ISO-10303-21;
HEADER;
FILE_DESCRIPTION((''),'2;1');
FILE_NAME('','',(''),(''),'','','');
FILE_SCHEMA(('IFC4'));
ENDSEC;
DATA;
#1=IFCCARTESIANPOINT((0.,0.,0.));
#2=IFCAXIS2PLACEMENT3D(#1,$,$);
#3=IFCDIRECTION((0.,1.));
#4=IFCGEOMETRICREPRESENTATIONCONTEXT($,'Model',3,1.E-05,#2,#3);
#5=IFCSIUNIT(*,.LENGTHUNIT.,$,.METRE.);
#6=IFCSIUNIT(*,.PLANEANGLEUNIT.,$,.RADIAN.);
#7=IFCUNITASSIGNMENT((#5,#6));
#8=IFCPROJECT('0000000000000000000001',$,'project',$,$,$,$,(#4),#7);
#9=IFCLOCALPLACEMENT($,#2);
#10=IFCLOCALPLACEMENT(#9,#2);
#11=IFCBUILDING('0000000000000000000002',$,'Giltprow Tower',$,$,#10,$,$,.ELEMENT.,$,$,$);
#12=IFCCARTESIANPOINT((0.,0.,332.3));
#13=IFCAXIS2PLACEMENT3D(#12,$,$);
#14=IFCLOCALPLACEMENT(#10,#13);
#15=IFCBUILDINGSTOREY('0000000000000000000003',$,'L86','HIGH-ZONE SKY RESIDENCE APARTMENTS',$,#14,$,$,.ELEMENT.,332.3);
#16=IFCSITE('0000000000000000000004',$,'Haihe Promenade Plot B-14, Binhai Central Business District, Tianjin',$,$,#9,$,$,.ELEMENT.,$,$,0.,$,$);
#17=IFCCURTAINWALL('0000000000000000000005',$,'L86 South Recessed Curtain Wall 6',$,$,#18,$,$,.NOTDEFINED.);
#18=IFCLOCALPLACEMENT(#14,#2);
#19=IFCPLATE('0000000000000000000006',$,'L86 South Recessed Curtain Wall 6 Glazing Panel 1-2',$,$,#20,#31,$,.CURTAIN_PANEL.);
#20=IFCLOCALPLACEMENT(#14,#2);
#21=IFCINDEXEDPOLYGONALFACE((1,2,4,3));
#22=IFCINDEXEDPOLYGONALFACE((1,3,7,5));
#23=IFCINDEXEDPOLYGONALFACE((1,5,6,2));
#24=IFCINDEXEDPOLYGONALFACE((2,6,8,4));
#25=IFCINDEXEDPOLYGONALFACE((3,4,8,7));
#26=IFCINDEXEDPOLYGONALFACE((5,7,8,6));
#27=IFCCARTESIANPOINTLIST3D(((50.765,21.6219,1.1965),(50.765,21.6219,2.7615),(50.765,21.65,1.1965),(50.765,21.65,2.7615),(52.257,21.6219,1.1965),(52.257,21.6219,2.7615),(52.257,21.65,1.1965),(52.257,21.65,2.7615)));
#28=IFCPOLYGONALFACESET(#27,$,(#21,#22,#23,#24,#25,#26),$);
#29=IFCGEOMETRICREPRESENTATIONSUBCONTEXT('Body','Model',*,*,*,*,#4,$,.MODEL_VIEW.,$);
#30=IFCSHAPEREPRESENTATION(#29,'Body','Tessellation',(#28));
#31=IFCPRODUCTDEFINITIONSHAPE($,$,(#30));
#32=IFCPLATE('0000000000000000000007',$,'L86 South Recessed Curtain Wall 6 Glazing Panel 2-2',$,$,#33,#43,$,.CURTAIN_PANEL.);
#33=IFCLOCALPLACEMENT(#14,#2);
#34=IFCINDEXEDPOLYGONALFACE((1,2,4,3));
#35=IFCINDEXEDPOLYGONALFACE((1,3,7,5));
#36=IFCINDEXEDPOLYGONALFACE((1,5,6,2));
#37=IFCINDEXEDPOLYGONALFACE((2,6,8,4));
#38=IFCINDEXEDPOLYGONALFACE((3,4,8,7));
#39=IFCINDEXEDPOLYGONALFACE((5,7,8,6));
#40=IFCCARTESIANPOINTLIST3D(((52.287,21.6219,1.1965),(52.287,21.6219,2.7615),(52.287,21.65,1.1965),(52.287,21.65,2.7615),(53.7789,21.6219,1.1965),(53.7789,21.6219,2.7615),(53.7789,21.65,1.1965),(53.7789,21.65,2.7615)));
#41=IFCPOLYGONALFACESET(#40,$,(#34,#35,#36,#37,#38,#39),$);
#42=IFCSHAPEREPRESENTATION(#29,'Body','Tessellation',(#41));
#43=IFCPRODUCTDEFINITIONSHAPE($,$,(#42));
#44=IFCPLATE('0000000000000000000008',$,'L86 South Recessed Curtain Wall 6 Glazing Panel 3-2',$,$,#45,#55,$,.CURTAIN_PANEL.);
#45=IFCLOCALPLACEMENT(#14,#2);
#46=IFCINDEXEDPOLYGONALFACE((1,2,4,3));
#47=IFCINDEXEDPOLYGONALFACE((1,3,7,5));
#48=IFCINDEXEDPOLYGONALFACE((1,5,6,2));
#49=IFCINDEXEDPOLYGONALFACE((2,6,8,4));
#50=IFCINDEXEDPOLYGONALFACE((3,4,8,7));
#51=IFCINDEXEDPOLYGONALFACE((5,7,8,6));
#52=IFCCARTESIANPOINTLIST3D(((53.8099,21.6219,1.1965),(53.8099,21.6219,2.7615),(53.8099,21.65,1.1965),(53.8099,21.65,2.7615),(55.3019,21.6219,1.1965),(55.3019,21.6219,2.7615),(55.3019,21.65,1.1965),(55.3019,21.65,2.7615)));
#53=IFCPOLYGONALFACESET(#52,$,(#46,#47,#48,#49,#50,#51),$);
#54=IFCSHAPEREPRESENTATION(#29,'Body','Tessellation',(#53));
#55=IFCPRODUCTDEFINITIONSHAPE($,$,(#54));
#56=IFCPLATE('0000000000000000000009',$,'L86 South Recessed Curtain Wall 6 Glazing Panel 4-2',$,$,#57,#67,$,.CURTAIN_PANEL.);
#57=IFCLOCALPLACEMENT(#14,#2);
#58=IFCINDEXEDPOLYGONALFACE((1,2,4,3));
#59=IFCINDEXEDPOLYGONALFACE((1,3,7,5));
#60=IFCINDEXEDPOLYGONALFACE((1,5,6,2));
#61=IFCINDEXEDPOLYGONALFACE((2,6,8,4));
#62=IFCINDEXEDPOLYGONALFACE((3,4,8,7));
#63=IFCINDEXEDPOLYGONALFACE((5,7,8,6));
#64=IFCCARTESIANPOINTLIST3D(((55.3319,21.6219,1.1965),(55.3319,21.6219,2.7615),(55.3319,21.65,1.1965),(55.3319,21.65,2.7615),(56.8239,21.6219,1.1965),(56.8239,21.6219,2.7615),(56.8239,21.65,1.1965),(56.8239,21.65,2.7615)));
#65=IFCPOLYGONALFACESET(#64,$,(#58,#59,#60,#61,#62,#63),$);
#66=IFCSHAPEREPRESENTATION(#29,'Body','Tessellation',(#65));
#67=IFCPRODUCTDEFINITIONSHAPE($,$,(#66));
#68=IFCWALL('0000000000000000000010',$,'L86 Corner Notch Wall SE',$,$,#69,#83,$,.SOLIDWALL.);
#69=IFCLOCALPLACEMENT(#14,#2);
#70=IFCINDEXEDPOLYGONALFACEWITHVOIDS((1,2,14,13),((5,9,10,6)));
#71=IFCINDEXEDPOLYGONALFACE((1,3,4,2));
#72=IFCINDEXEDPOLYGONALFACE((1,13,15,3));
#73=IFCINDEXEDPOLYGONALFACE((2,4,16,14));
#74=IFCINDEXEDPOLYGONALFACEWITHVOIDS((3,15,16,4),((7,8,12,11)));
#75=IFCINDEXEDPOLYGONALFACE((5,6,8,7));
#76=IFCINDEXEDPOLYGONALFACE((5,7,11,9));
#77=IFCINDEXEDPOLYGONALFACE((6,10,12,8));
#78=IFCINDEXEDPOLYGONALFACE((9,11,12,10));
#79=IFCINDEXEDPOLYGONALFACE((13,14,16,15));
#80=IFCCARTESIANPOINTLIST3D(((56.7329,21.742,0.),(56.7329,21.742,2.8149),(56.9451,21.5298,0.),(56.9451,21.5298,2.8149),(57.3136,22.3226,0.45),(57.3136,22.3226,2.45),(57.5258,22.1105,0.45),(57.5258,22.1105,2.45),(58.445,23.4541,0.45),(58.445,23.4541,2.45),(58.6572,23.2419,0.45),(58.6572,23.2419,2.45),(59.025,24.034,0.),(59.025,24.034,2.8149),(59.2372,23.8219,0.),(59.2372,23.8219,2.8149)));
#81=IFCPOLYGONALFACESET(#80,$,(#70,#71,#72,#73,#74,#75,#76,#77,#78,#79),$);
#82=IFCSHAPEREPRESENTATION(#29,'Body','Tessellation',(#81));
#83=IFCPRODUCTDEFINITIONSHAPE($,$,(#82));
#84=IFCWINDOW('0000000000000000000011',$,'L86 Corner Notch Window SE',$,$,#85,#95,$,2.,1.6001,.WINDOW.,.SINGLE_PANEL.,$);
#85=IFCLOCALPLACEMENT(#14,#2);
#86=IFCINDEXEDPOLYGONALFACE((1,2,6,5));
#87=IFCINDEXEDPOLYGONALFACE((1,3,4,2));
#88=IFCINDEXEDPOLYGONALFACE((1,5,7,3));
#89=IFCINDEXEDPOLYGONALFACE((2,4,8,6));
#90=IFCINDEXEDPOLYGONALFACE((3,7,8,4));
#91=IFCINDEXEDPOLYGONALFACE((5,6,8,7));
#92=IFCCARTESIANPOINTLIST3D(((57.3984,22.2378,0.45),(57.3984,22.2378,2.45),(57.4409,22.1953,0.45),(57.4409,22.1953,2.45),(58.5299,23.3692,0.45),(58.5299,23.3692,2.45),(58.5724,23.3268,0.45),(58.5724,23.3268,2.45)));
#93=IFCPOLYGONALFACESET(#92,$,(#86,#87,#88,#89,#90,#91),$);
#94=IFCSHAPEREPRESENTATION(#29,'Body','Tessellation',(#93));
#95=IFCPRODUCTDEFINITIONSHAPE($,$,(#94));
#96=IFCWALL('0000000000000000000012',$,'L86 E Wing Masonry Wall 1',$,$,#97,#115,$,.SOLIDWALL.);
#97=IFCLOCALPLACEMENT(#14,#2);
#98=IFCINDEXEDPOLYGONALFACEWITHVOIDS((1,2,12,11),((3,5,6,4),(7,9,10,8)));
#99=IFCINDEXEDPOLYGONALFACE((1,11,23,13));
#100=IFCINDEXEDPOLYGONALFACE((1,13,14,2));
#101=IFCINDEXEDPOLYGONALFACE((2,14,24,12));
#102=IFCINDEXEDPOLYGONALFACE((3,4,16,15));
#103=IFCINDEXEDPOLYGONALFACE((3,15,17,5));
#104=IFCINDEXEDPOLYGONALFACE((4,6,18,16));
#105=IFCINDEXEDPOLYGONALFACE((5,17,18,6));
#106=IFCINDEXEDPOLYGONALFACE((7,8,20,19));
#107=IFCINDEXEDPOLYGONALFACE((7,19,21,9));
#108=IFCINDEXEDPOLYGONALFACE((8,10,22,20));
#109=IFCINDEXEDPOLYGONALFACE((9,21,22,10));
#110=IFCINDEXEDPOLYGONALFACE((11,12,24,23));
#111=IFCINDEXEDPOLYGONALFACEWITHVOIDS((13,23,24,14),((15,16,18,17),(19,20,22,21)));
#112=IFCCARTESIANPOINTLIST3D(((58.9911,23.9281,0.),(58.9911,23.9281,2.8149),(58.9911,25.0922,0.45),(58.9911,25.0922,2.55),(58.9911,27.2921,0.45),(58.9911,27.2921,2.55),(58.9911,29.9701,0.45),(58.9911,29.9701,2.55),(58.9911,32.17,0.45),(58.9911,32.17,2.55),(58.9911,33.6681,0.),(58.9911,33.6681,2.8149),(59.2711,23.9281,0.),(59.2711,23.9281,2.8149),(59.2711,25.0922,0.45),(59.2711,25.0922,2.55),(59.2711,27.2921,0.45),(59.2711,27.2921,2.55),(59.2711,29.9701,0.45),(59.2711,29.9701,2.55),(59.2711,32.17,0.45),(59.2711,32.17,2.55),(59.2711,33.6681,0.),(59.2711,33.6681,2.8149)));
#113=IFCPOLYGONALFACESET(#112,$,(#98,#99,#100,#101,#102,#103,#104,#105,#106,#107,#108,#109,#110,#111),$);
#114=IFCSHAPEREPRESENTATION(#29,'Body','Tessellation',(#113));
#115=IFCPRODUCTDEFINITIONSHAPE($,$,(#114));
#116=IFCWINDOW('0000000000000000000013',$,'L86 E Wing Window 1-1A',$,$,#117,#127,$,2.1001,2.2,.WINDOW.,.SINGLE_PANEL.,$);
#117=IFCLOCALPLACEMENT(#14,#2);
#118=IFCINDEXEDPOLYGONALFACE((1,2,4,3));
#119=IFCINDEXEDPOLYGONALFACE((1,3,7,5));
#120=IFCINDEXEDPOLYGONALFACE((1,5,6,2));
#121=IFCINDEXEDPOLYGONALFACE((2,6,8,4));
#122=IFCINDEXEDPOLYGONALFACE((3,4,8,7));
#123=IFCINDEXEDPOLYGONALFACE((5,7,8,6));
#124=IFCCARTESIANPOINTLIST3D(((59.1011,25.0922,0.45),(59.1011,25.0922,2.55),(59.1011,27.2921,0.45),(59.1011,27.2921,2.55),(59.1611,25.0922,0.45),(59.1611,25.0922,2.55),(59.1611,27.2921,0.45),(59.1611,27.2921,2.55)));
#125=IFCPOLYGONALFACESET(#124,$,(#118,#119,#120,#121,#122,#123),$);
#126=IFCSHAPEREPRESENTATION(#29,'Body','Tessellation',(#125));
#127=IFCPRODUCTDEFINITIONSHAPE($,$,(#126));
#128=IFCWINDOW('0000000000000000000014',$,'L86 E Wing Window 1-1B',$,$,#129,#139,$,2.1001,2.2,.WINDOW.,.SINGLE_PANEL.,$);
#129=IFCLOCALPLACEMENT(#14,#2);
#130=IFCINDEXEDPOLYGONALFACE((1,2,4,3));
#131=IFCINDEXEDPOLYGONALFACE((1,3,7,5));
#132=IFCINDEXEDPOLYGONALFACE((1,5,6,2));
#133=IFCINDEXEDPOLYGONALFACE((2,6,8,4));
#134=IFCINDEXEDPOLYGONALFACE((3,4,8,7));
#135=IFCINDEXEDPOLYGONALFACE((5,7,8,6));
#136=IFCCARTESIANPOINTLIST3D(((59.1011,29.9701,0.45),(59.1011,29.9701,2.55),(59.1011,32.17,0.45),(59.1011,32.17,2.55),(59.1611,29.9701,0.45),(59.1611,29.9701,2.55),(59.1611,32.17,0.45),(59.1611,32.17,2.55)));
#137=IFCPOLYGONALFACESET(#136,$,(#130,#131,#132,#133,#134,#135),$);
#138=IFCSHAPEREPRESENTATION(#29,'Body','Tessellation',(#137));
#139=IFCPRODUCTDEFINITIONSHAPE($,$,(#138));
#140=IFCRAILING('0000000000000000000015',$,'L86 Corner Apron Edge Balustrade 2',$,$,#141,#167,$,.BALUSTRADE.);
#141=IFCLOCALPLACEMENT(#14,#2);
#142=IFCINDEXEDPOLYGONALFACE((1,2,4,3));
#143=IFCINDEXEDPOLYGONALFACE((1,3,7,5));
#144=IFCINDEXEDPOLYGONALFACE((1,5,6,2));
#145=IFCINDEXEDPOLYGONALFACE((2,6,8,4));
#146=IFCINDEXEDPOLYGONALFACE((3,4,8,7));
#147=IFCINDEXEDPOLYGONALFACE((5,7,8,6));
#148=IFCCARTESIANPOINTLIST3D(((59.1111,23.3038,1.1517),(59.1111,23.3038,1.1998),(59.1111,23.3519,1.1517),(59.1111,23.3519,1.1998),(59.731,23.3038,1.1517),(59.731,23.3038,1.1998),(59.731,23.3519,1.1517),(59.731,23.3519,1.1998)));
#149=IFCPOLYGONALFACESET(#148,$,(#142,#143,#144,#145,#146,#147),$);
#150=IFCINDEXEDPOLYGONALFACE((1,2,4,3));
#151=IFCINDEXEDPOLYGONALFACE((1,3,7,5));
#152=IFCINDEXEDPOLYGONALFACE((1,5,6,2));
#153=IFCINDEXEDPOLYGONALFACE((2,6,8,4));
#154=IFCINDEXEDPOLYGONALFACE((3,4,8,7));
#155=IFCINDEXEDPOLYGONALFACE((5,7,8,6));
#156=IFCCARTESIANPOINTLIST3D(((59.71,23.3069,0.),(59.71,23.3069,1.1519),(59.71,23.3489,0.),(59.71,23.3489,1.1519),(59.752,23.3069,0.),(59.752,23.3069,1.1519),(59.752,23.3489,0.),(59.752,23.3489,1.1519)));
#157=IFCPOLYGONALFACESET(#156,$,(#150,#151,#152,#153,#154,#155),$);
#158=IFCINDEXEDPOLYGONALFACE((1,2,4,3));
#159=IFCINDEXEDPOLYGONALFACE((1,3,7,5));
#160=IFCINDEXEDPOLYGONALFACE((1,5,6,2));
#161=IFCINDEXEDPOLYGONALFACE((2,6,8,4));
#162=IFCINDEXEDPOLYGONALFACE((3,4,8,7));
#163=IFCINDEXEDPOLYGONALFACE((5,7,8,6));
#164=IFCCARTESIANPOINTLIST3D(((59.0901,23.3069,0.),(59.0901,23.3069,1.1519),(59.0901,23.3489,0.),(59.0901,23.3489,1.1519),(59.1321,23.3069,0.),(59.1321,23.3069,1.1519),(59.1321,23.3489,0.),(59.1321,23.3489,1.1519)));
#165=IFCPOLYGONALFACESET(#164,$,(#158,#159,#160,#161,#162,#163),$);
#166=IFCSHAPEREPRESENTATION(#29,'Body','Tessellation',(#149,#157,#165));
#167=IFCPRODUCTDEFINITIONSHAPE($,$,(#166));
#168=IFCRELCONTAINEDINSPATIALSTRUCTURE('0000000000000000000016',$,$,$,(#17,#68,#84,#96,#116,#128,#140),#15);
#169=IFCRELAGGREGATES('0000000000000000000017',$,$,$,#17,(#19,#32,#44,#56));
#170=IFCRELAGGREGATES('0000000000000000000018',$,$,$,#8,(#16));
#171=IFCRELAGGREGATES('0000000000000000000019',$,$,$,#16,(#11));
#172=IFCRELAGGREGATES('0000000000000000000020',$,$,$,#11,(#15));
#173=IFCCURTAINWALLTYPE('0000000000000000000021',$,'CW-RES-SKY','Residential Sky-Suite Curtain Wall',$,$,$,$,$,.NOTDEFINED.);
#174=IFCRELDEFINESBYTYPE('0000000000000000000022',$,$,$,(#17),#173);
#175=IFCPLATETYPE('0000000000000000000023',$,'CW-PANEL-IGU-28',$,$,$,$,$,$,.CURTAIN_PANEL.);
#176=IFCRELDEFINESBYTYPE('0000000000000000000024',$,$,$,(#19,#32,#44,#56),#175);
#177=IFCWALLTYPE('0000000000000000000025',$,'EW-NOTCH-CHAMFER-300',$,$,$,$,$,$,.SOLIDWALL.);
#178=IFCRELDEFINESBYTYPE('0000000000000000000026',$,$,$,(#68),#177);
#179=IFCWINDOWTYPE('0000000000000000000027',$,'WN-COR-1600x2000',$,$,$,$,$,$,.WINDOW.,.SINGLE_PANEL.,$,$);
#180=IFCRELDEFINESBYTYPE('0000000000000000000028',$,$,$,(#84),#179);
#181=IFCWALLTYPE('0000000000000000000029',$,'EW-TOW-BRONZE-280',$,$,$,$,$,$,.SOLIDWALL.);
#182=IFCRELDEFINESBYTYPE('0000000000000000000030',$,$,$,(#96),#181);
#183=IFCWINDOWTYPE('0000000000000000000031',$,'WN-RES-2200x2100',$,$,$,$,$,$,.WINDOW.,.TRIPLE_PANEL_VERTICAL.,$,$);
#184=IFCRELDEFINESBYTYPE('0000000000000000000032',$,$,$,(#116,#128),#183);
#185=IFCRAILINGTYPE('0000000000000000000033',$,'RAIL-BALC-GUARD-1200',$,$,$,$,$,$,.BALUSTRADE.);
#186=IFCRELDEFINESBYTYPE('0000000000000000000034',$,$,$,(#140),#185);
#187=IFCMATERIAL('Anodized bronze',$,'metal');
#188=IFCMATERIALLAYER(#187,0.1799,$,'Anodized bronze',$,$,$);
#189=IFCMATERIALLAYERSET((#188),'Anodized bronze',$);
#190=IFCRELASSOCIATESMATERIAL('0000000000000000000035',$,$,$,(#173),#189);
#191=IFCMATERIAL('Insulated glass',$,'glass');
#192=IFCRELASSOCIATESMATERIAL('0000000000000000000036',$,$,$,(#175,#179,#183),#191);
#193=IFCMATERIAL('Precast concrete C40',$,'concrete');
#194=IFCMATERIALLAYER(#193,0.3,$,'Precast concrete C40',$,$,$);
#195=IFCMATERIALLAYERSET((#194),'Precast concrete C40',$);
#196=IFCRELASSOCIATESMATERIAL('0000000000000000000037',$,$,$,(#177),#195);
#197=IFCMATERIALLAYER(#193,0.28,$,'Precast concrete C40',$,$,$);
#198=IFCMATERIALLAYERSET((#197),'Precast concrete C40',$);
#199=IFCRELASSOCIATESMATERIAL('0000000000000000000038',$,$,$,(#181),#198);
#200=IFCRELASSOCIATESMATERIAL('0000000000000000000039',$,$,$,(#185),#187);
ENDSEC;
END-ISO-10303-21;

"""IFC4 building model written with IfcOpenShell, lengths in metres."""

from ifc_helpers import new_model, si_unit, direction, frame, frame_2d, origin, origin_2d, place, context, subcontext, project, spatial, rectangle, extrude, source, transform, mapped, material, layer, layer_set, type_object, element, fill, aggregate, save


model = new_model("IFC4")

# Units and contexts
model_context = context("Model", 3, precision=1e-05, world=origin(), true_north=direction((0.0, 1.0)))
body_context = subcontext(model_context, "Body", "Model", "MODEL_VIEW")
ifc_project = project(units=[si_unit("LENGTHUNIT", "METRE"), si_unit("PLANEANGLEUNIT", "RADIAN")], contexts=[model_context])

# Site, building, storey
site_placement = place(None, origin())
site = spatial("IfcSite", under=ifc_project, at=site_placement, Name="Haihe Promenade Plot B-14, Binhai Central Business District, Tianjin", CompositionType="ELEMENT", RefElevation=0.0)
building_placement = place(site_placement, origin())
building = spatial("IfcBuilding", under=site, at=building_placement, Name="Giltprow Tower", CompositionType="ELEMENT")
storey_placement = place(building_placement, frame((0.0, 0.0, 332.3)))
storey = spatial("IfcBuildingStorey", under=building, at=storey_placement, Name="L86", Description="HIGH-ZONE SKY RESIDENCE APARTMENTS", CompositionType="ELEMENT", Elevation=332.3)

# Curtain wall
ifc_material_1 = material(Name="Anodized bronze", Category="metal")
ifc_layer_1 = layer(ifc_material_1, 0.1799, Name="Anodized bronze")
ifc_layer_set_1 = layer_set([ifc_layer_1], Name="Anodized bronze")
curtain_wall_type = type_object("IfcCurtainWallType", Name="CW-RES-SKY", Description="Residential Sky-Suite Curtain Wall", PredefinedType="NOTDEFINED", material=ifc_layer_set_1)
curtain_wall_placement = place(storey_placement, origin())
curtain_wall = element("IfcCurtainWall", 1, at=curtain_wall_placement, inside=storey, type_object=curtain_wall_type, Name="L86 South Recessed Curtain Wall 6", PredefinedType="NOTDEFINED")

# Plates
ifc_material_2 = material(Name="Insulated glass", Category="glass")
plate_type_1 = type_object("IfcPlateType", Name="CW-PANEL-IGU-28", PredefinedType="CURTAIN_PANEL", material=ifc_material_2)
shared_shape_1 = source(origin(), body_context, "Body", "SweptSolid", [
    extrude(rectangle(XDim=1.4919, YDim=0.0281, at=origin_2d()), origin(), (0.0, 0.0, 1.0), 1.5649),
])
plate_1_placement = place(storey_placement, frame((51.511, 21.636, 1.1965), z_axis=(0.0, 0.0, 1.0), x_axis=(1.0, 0.0, 0.0)))
plate_1 = element("IfcPlate", 2, at=plate_1_placement, type_object=plate_type_1, Name="L86 South Recessed Curtain Wall 6 Glazing Panel 1-2", PredefinedType="CURTAIN_PANEL", context=body_context, shape_type="MappedRepresentation", body=[
    mapped(shared_shape_1, transform((0.0, 0.0, 0.0), x_axis=(1.0, 0.0, 0.0), y_axis=(0.0, 1.0, 0.0), z_axis=(0.0, 0.0, 1.0), scale=1.0)),
])
plate_2_placement = place(storey_placement, frame((53.033, 21.636, 1.1965), z_axis=(0.0, 0.0, 1.0), x_axis=(1.0, 0.0, 0.0)))
plate_2 = element("IfcPlate", 3, at=plate_2_placement, type_object=plate_type_1, Name="L86 South Recessed Curtain Wall 6 Glazing Panel 2-2", PredefinedType="CURTAIN_PANEL", context=body_context, shape_type="MappedRepresentation", body=[
    mapped(shared_shape_1, transform((0.0, 0.0, 0.0), x_axis=(1.0, 0.0, 0.0), y_axis=(0.0, 1.0, 0.0), z_axis=(0.0, 0.0, 1.0), scale=1.0)),
])
plate_3_placement = place(storey_placement, frame((54.5559, 21.636, 1.1965), z_axis=(0.0, 0.0, 1.0), x_axis=(1.0, 0.0, 0.0)))
plate_3 = element("IfcPlate", 4, at=plate_3_placement, type_object=plate_type_1, Name="L86 South Recessed Curtain Wall 6 Glazing Panel 3-2", PredefinedType="CURTAIN_PANEL", context=body_context, shape_type="MappedRepresentation", body=[
    mapped(shared_shape_1, transform((0.0, 0.0, 0.0), x_axis=(1.0, 0.0, 0.0), y_axis=(0.0, 1.0, 0.0), z_axis=(0.0, 0.0, 1.0), scale=1.0)),
])
plate_4_placement = place(storey_placement, frame((56.0779, 21.636, 1.1965), z_axis=(0.0, 0.0, 1.0), x_axis=(1.0, 0.0, 0.0)))
plate_4 = element("IfcPlate", 5, at=plate_4_placement, type_object=plate_type_1, Name="L86 South Recessed Curtain Wall 6 Glazing Panel 4-2", PredefinedType="CURTAIN_PANEL", context=body_context, shape_type="MappedRepresentation", body=[
    mapped(shared_shape_1, transform((0.0, 0.0, 0.0), x_axis=(1.0, 0.0, 0.0), y_axis=(0.0, 1.0, 0.0), z_axis=(0.0, 0.0, 1.0), scale=1.0)),
])
aggregate(curtain_wall, [plate_1, plate_2, plate_3, plate_4])

# Wall, opening, window
ifc_material_3 = material(Name="Precast concrete C40", Category="concrete")
ifc_layer_2 = layer(ifc_material_3, 0.3, Name="Precast concrete C40")
ifc_layer_set_2 = layer_set([ifc_layer_2], Name="Precast concrete C40")
wall_type_1 = type_object("IfcWallType", Name="EW-NOTCH-CHAMFER-300", PredefinedType="SOLIDWALL", material=ifc_layer_set_2)
wall_1_placement = place(storey_placement, frame((56.8391, 21.636, 0.0), z_axis=(0.0, 0.0, 1.0), x_axis=(0.707107, 0.707107, 0.0)))
wall_1 = element("IfcWall", 6, at=wall_1_placement, inside=storey, type_object=wall_type_1, Name="L86 Corner Notch Wall SE", PredefinedType="SOLIDWALL", context=body_context, shape_type="SweptSolid", body=[
    extrude(rectangle(XDim=3.2415, YDim=0.3, at=frame_2d((1.6206, 0.0))), origin(), (0.0, 0.0, 1.0), 2.8149),
])
opening_1_placement = place(wall_1_placement, frame((0.821, 0.0, 0.45)))
opening_1 = element("IfcOpeningElement", 7, at=opening_1_placement, cuts=wall_1, PredefinedType="OPENING", context=body_context, shape_type="SweptSolid", body=[
    extrude(rectangle(XDim=1.6001, YDim=2.0, at=frame_2d((0.8, 1.0))), frame((0.0, 0.1599, 0.0), z_axis=(0.0, -1.0, 0.0), x_axis=(1.0, 0.0, 0.0)), (0.0, 0.0, 1.0), 0.3201),
])
window_type_1 = type_object("IfcWindowType", Name="WN-COR-1600x2000", PartitioningType="SINGLE_PANEL", PredefinedType="WINDOW", material=ifc_material_2)
shared_shape_2 = source(origin(), body_context, "Body", "SweptSolid", [
    extrude(rectangle(XDim=1.6001, YDim=2.0, at=frame_2d((0.8, 1.0))), frame((0.0, 0.03, 0.0), z_axis=(0.0, -1.0, 0.0), x_axis=(1.0, 0.0, 0.0)), (0.0, 0.0, 1.0), 0.0601),
])
window_1_placement = place(opening_1_placement, origin())
window_1 = element("IfcWindow", 8, at=window_1_placement, inside=storey, type_object=window_type_1, Name="L86 Corner Notch Window SE", OverallHeight=2.0, OverallWidth=1.6001, PartitioningType="SINGLE_PANEL", PredefinedType="WINDOW", context=body_context, shape_type="MappedRepresentation", body=[
    mapped(shared_shape_2, transform((0.0, 0.0, 0.0), x_axis=(1.0, 0.0, 0.0), y_axis=(0.0, 1.0, 0.0), z_axis=(0.0, 0.0, 1.0), scale=1.0)),
])
fill(opening_1, window_1)

# Wall, openings, windows
ifc_layer_3 = layer(ifc_material_3, 0.28, Name="Precast concrete C40")
ifc_layer_set_3 = layer_set([ifc_layer_3], Name="Precast concrete C40")
wall_type_2 = type_object("IfcWallType", Name="EW-TOW-BRONZE-280", PredefinedType="SOLIDWALL", material=ifc_layer_set_3)
wall_2_placement = place(storey_placement, frame((59.1311, 23.928, 0.0), z_axis=(0.0, 0.0, 1.0), x_axis=(0.0, 1.0, 0.0)))
wall_2 = element("IfcWall", 9, at=wall_2_placement, inside=storey, type_object=wall_type_2, Name="L86 E Wing Masonry Wall 1", PredefinedType="SOLIDWALL", context=body_context, shape_type="SweptSolid", body=[
    extrude(rectangle(XDim=9.74, YDim=0.28, at=frame_2d((4.8701, 0.0))), origin(), (0.0, 0.0, 1.0), 2.8149),
])
opening_2_placement = place(wall_2_placement, frame((1.1641, 0.0, 0.45)))
opening_2 = element("IfcOpeningElement", 10, at=opening_2_placement, cuts=wall_2, PredefinedType="OPENING", context=body_context, shape_type="SweptSolid", body=[
    extrude(rectangle(XDim=2.2, YDim=2.1001, at=frame_2d((1.1001, 1.05))), frame((0.0, 0.1499, 0.0), z_axis=(0.0, -1.0, 0.0), x_axis=(1.0, 0.0, 0.0)), (0.0, 0.0, 1.0), 0.3),
])
opening_3_placement = place(wall_2_placement, frame((6.042, 0.0, 0.45)))
opening_3 = element("IfcOpeningElement", 11, at=opening_3_placement, cuts=wall_2, PredefinedType="OPENING", context=body_context, shape_type="SweptSolid", body=[
    extrude(rectangle(XDim=2.2, YDim=2.1001, at=frame_2d((1.1001, 1.05))), frame((0.0, 0.1499, 0.0), z_axis=(0.0, -1.0, 0.0), x_axis=(1.0, 0.0, 0.0)), (0.0, 0.0, 1.0), 0.3),
])
window_type_2 = type_object("IfcWindowType", Name="WN-RES-2200x2100", PartitioningType="TRIPLE_PANEL_VERTICAL", PredefinedType="WINDOW", material=ifc_material_2)
shared_shape_3 = source(origin(), body_context, "Body", "SweptSolid", [
    extrude(rectangle(XDim=2.2, YDim=2.1001, at=frame_2d((1.1001, 1.05))), frame((0.0, 0.03, 0.0), z_axis=(0.0, -1.0, 0.0), x_axis=(1.0, 0.0, 0.0)), (0.0, 0.0, 1.0), 0.0601),
])
window_2_placement = place(opening_2_placement, origin())
window_2 = element("IfcWindow", 12, at=window_2_placement, inside=storey, type_object=window_type_2, Name="L86 E Wing Window 1-1A", OverallHeight=2.1001, OverallWidth=2.2, PartitioningType="SINGLE_PANEL", PredefinedType="WINDOW", context=body_context, shape_type="MappedRepresentation", body=[
    mapped(shared_shape_3, transform((0.0, 0.0, 0.0), x_axis=(1.0, 0.0, 0.0), y_axis=(0.0, 1.0, 0.0), z_axis=(0.0, 0.0, 1.0), scale=1.0)),
])
fill(opening_2, window_2)
window_3_placement = place(opening_3_placement, origin())
window_3 = element("IfcWindow", 13, at=window_3_placement, inside=storey, type_object=window_type_2, Name="L86 E Wing Window 1-1B", OverallHeight=2.1001, OverallWidth=2.2, PartitioningType="SINGLE_PANEL", PredefinedType="WINDOW", context=body_context, shape_type="MappedRepresentation", body=[
    mapped(shared_shape_3, transform((0.0, 0.0, 0.0), x_axis=(1.0, 0.0, 0.0), y_axis=(0.0, 1.0, 0.0), z_axis=(0.0, 0.0, 1.0), scale=1.0)),
])
fill(opening_3, window_3)

# Railing
railing_type = type_object("IfcRailingType", Name="RAIL-BALC-GUARD-1200", PredefinedType="BALUSTRADE", material=ifc_material_1)
railing_1_placement = place(storey_placement, frame((59.731, 23.3279, 0.0)))
element("IfcRailing", 14, at=railing_1_placement, inside=storey, type_object=railing_type, Name="L86 Corner Apron Edge Balustrade 2", PredefinedType="BALUSTRADE", context=body_context, shape_type="SweptSolid", body=[
    extrude(rectangle(XDim=0.0481, YDim=0.0481, at=origin_2d()), frame((0.0, 0.0, 1.1758), z_axis=(-1.0, 0.0, 0.0), x_axis=(0.0, -1.0, 0.0)), (0.0, 0.0, 1.0), 0.6199),
    extrude(rectangle(XDim=0.042, YDim=0.042, at=origin_2d()), origin(), (0.0, 0.0, 1.0), 1.1519),
    extrude(rectangle(XDim=0.042, YDim=0.042, at=origin_2d()), frame((-0.6199, 0.0, 0.0)), (0.0, 0.0, 1.0), 1.1519),
])

save(model, "model.ifc")
